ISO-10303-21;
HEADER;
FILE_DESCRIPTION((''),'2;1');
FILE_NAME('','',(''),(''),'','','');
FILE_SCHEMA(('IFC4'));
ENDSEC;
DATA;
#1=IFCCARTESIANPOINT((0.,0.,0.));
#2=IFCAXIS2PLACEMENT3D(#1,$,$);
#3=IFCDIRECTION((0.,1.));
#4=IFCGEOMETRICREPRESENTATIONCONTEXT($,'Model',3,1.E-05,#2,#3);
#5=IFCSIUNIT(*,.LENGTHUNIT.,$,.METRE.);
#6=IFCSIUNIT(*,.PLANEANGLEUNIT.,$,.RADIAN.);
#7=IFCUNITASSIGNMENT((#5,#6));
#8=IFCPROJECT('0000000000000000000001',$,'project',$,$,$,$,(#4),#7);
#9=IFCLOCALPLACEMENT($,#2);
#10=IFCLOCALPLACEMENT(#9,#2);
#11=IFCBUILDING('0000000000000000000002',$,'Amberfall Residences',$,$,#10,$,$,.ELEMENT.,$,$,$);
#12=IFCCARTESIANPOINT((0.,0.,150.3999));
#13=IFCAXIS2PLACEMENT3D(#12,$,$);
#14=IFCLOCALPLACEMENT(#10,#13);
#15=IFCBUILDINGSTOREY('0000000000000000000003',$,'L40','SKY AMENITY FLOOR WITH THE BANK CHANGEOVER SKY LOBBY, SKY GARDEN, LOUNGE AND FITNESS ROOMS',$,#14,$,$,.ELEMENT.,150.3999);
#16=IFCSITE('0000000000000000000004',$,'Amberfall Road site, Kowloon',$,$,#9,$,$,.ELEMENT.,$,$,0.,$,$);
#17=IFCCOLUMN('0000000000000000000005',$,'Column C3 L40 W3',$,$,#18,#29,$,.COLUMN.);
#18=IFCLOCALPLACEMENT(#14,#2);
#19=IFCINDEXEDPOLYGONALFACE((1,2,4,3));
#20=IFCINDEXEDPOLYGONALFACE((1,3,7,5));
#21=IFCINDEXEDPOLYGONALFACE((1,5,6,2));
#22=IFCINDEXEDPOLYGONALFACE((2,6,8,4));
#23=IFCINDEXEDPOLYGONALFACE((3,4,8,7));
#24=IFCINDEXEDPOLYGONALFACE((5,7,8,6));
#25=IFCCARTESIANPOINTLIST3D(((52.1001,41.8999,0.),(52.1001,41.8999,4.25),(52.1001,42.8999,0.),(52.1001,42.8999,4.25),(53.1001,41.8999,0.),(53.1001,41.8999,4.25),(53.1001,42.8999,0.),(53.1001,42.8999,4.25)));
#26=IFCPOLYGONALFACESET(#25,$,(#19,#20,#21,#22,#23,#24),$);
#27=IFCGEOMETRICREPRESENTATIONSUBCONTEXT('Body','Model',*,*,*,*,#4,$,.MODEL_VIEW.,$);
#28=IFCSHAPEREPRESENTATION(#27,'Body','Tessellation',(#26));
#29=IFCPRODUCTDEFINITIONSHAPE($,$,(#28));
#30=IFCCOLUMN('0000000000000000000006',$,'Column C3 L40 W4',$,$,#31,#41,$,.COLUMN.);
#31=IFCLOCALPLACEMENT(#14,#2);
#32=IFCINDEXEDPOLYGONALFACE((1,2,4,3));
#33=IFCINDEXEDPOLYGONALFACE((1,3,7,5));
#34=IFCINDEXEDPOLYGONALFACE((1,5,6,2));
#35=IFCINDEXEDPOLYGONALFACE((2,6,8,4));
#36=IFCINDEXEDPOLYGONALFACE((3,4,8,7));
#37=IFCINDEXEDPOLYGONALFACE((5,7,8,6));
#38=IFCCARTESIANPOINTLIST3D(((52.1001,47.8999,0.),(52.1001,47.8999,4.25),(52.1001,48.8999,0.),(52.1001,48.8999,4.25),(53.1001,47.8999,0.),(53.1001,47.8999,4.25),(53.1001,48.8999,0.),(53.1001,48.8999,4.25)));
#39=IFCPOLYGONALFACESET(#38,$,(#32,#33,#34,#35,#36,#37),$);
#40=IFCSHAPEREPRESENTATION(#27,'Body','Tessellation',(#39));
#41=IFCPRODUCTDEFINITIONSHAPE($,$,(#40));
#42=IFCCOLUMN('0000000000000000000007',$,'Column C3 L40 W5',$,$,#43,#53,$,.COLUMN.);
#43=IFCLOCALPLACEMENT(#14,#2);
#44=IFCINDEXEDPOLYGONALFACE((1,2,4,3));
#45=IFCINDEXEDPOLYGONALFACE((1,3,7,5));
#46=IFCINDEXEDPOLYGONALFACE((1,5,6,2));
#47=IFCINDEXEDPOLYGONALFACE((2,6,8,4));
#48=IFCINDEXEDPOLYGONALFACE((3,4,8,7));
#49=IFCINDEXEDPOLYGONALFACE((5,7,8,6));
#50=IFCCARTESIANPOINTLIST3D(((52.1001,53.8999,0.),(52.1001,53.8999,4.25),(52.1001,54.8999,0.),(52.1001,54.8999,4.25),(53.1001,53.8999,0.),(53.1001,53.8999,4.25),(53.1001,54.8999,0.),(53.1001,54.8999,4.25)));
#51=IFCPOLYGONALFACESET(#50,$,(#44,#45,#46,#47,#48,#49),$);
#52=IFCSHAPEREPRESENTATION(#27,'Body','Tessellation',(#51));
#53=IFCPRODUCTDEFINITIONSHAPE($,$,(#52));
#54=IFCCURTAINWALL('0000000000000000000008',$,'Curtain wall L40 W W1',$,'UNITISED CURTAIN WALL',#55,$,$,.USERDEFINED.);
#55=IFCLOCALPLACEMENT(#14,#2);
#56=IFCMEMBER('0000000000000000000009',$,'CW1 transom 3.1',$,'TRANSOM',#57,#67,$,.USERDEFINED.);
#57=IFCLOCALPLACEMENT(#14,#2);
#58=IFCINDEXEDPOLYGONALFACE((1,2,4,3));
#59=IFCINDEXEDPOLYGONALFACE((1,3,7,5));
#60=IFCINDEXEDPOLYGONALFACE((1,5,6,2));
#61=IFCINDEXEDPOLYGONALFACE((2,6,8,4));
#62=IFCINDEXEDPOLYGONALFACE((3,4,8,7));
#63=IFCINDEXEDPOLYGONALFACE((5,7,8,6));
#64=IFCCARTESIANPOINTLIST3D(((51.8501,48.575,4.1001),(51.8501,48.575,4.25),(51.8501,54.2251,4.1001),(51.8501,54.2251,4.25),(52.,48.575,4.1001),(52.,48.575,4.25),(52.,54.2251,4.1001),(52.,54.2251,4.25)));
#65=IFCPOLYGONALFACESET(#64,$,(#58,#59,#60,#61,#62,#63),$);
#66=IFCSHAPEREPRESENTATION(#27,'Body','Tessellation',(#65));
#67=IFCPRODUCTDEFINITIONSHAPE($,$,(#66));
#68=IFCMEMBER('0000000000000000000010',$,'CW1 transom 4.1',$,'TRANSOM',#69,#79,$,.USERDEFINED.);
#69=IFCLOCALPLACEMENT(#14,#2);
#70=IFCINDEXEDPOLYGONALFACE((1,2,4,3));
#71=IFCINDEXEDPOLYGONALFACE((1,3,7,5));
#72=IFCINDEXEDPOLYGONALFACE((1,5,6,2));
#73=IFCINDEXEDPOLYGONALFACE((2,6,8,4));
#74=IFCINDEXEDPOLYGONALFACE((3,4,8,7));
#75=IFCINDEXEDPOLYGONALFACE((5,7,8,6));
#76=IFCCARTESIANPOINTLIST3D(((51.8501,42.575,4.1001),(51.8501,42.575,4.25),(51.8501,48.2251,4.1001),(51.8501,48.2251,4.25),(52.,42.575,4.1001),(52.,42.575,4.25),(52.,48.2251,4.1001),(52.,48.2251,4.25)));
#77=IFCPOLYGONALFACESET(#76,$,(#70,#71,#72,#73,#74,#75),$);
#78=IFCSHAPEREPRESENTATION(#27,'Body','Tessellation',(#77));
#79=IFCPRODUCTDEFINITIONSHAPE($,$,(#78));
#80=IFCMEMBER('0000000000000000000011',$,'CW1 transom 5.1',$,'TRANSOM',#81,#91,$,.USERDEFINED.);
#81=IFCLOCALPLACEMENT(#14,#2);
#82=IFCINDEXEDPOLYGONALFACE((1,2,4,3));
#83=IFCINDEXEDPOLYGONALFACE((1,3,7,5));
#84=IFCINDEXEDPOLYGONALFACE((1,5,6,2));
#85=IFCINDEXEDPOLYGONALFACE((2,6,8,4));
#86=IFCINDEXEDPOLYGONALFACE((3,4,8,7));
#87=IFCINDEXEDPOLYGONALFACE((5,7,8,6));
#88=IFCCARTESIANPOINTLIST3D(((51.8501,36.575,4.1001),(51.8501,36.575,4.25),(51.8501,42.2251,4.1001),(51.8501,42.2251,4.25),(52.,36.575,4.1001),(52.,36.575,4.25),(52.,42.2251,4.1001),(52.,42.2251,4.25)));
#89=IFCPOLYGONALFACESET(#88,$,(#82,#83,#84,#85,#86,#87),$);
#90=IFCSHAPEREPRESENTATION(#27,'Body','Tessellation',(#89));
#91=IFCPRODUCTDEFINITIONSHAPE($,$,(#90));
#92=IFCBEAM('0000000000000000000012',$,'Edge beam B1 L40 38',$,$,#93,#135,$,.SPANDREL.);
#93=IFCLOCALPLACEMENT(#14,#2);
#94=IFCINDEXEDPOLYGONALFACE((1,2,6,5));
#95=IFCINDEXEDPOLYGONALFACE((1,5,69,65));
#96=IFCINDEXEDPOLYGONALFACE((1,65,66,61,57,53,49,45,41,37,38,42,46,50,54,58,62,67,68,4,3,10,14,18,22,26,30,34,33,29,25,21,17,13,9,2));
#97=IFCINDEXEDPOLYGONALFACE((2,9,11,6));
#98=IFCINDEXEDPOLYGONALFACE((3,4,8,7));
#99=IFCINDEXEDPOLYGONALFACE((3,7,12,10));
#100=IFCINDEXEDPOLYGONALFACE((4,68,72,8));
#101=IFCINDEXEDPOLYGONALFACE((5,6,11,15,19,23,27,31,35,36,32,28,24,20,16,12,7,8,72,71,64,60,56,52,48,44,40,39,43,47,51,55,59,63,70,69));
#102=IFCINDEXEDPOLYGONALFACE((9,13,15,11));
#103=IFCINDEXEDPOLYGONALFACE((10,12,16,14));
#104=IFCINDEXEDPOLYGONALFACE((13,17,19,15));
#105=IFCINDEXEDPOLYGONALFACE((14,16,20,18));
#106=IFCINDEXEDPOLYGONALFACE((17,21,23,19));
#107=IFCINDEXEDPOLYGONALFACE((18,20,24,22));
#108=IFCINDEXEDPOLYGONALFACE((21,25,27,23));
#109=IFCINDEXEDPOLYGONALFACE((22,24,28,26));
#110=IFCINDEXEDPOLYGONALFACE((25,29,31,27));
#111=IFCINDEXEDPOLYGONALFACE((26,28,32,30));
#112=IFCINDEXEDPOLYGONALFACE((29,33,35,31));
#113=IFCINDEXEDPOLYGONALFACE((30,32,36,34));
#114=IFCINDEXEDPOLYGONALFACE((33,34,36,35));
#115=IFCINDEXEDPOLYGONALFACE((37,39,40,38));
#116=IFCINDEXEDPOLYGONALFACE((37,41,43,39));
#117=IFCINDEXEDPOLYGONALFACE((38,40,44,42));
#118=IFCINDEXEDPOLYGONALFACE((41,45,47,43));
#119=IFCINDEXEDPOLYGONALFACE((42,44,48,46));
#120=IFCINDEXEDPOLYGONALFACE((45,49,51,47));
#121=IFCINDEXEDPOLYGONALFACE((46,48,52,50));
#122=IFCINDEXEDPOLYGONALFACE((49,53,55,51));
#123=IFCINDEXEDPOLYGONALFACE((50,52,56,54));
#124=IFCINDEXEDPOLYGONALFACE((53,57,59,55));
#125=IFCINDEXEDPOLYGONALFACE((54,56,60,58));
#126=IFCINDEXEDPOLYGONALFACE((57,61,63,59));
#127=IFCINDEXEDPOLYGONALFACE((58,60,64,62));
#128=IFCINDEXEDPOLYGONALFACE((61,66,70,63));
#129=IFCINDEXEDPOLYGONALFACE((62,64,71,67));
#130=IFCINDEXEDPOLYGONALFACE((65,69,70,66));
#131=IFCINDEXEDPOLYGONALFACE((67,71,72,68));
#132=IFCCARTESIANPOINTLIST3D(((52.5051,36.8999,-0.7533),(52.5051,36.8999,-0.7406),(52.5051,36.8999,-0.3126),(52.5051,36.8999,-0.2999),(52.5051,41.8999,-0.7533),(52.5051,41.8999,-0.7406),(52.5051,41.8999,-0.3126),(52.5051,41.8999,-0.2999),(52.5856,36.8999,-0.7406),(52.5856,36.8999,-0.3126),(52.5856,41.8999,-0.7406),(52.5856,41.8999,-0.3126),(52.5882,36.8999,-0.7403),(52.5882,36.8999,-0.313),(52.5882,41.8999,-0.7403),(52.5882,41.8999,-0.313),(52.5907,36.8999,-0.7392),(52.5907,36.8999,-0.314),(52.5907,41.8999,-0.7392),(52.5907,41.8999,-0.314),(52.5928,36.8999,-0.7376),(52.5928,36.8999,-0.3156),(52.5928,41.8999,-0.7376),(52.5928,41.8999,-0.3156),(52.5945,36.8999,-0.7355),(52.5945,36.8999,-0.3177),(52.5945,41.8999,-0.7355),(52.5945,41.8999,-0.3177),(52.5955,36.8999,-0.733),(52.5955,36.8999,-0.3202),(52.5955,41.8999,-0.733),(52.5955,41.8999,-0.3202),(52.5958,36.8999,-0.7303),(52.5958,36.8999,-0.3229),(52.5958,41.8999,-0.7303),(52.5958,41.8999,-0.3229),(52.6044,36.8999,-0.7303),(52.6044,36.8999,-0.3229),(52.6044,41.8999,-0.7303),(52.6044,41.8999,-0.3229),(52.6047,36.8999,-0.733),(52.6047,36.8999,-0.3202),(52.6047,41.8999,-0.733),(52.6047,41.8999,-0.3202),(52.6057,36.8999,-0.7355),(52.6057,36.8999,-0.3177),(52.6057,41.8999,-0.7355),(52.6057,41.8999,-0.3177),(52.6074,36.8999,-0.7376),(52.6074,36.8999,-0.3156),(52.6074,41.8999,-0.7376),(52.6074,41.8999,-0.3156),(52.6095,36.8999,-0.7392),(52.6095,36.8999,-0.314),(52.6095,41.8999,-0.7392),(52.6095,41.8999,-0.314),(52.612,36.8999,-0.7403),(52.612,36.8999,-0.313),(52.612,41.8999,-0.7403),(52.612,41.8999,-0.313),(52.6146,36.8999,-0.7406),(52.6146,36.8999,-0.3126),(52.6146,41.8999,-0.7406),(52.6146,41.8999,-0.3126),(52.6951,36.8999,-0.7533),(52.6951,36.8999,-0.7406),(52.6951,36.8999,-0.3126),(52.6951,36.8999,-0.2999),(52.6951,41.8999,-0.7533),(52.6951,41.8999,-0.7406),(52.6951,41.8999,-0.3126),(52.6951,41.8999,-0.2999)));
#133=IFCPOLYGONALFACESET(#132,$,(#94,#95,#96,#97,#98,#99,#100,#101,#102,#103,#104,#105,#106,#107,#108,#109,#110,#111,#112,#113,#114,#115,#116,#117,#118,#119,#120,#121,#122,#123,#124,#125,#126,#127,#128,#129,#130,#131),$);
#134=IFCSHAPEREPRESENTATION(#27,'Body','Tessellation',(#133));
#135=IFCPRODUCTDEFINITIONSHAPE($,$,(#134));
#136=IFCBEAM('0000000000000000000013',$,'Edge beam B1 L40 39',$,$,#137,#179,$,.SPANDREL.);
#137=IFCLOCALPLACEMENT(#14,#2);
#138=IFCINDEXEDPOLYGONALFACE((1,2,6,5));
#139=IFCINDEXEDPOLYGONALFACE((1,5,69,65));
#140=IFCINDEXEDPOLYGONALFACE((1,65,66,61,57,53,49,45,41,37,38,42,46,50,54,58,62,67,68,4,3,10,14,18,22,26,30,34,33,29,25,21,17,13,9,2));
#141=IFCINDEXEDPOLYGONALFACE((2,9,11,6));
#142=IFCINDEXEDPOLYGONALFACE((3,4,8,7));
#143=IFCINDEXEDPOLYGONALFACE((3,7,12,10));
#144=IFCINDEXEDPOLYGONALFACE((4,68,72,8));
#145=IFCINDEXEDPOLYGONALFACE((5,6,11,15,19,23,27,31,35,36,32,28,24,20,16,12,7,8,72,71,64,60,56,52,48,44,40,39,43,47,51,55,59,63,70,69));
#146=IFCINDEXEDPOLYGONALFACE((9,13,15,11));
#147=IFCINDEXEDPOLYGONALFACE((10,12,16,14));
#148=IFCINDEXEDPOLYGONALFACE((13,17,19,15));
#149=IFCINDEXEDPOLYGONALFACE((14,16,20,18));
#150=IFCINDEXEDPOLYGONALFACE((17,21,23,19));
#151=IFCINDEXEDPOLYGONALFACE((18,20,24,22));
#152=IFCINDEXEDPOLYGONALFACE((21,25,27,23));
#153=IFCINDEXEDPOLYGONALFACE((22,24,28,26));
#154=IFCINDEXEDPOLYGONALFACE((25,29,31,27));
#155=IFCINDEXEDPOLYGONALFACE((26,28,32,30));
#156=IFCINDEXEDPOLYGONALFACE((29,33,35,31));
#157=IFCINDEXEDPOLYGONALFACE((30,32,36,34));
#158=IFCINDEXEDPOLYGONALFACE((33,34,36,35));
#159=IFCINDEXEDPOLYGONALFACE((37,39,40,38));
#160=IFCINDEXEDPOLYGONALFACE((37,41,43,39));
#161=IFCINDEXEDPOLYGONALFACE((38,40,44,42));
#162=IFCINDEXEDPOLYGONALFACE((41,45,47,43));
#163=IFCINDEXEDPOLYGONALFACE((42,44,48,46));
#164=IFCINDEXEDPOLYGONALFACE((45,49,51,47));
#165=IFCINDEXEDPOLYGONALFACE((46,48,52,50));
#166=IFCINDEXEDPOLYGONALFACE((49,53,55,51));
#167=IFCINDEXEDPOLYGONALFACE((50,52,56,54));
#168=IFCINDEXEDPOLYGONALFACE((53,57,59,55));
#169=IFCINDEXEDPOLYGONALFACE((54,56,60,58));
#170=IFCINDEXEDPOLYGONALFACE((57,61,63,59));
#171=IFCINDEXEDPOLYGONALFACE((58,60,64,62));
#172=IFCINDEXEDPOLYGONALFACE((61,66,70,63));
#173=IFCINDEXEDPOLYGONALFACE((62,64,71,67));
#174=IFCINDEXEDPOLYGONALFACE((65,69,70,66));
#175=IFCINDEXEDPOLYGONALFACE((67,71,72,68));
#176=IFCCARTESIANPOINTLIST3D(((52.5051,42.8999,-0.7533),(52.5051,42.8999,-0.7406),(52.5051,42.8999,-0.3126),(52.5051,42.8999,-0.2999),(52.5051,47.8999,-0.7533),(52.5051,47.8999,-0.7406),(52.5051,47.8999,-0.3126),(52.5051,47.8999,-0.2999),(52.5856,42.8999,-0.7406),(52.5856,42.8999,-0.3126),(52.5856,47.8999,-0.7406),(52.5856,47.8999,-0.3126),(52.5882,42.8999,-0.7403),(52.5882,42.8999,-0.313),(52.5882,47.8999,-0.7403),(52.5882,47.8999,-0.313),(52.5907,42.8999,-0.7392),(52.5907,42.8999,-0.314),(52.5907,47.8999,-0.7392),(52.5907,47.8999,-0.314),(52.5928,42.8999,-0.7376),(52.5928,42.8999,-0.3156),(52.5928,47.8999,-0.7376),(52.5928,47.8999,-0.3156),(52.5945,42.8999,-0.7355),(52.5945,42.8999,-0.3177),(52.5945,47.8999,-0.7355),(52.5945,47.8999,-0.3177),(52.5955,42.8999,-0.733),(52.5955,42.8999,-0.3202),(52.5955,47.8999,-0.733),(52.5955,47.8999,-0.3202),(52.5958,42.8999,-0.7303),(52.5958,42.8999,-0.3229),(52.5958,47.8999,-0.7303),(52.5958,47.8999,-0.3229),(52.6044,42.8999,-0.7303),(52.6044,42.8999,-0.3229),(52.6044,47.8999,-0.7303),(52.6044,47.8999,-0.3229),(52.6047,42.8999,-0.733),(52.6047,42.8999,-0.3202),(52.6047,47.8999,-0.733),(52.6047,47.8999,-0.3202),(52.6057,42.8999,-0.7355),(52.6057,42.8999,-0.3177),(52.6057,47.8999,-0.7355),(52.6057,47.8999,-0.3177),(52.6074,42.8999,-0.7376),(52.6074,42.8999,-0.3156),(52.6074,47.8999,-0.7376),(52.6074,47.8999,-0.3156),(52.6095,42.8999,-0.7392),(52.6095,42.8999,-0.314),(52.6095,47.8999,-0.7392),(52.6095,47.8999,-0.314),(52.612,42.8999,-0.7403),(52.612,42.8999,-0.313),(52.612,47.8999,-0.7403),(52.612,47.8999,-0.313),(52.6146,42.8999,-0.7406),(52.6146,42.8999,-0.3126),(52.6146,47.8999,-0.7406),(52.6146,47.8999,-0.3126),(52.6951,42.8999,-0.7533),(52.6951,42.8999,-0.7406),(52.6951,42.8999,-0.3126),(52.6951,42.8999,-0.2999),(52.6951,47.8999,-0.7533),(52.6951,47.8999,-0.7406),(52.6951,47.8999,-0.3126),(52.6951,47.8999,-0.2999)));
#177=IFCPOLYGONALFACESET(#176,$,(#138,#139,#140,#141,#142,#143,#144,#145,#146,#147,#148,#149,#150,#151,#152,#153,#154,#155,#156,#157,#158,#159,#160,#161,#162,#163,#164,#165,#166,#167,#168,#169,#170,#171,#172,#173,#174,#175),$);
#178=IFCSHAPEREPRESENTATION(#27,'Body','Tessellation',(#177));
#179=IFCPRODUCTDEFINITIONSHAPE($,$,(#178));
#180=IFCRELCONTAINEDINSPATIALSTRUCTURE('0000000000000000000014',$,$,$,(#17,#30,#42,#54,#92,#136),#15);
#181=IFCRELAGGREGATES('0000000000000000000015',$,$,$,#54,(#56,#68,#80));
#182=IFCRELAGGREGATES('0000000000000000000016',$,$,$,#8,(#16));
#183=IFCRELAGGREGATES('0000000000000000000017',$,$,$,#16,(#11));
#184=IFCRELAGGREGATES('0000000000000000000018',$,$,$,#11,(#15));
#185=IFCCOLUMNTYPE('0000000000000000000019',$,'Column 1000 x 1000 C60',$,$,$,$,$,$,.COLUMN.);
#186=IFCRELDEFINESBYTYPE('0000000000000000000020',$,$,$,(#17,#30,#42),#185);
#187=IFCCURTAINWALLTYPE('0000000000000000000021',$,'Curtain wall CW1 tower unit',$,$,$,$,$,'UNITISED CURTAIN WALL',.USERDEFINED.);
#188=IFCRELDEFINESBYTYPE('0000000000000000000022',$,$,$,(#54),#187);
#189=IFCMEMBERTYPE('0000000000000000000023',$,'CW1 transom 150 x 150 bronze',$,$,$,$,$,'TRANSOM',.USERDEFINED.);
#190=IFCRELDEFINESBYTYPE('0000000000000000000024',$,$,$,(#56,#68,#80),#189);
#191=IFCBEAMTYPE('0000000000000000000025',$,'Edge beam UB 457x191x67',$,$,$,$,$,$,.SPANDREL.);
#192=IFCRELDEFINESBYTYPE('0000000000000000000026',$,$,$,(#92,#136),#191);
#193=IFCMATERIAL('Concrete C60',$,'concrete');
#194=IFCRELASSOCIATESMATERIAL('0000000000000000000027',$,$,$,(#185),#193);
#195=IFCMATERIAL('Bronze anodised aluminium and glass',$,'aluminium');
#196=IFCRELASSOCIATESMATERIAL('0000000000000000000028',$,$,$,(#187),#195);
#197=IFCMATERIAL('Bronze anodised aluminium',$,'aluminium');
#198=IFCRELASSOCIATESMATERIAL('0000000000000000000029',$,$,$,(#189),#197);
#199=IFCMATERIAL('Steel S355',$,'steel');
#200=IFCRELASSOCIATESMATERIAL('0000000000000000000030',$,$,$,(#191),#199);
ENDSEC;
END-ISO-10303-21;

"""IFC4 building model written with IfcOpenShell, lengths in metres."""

from ifc_helpers import new_model, si_unit, direction, frame, origin, origin_2d, place, context, subcontext, project, spatial, rectangle, i_section, extrude, material, material_profile, profile_set, type_object, element, aggregate, save


model = new_model("IFC4")

# Units and contexts
model_context = context("Model", 3, precision=1e-05, world=origin(), true_north=direction((0.0, 1.0)))
body_context = subcontext(model_context, "Body", "Model", "MODEL_VIEW")
ifc_project = project(units=[si_unit("LENGTHUNIT", "METRE"), si_unit("PLANEANGLEUNIT", "RADIAN")], contexts=[model_context])

# Site, building, storey
site_placement = place(None, origin())
site = spatial("IfcSite", under=ifc_project, at=site_placement, Name="Amberfall Road site, Kowloon", CompositionType="ELEMENT", RefElevation=0.0)
building_placement = place(site_placement, origin())
building = spatial("IfcBuilding", under=site, at=building_placement, Name="Amberfall Residences", CompositionType="ELEMENT")
storey_placement = place(building_placement, frame((0.0, 0.0, 150.3999)))
storey = spatial("IfcBuildingStorey", under=building, at=storey_placement, Name="L40", Description="SKY AMENITY FLOOR WITH THE BANK CHANGEOVER SKY LOBBY, SKY GARDEN, LOUNGE AND FITNESS ROOMS", CompositionType="ELEMENT", Elevation=150.3999)

# Columns
ifc_material_1 = material(Name="Concrete C60", Category="concrete")
ifc_material_profile_1 = material_profile(ifc_material_1, rectangle(XDim=1.0, YDim=1.0, at=origin_2d()), Name="Column 1000 x 1000 C60")
ifc_profile_set_1 = profile_set([ifc_material_profile_1], Name="Concrete C60")
column_type = type_object("IfcColumnType", Name="Column 1000 x 1000 C60", PredefinedType="COLUMN", material=ifc_profile_set_1)
for number, where, z_axis, x_axis, name in (
    (1, (52.6001, 42.3999, 0.0), (0.0, 0.0, 1.0), (1.0, 0.0, 0.0), "Column C3 L40 W3"),
    (2, (52.6001, 48.3999, 0.0), (0.0, 0.0, 1.0), (1.0, 0.0, 0.0), "Column C3 L40 W4"),
    (3, (52.6001, 54.3999, 0.0), (0.0, 0.0, 1.0), (1.0, 0.0, 0.0), "Column C3 L40 W5"),
):
    element("IfcColumn", number, at=place(storey_placement, frame(where, z_axis=z_axis, x_axis=x_axis)), inside=storey, type_object=column_type, Name=name, PredefinedType="COLUMN", context=body_context, shape_type="SweptSolid", body=[
        extrude(rectangle(XDim=1.0, YDim=1.0, at=origin_2d()), origin(), (0.0, 0.0, 1.0), 4.25),
    ])

# Curtain wall, members
ifc_material_2 = material(Name="Bronze anodised aluminium and glass", Category="aluminium")
curtain_wall_type = type_object("IfcCurtainWallType", Name="Curtain wall CW1 tower unit", ElementType="UNITISED CURTAIN WALL", PredefinedType="USERDEFINED", material=ifc_material_2)
curtain_wall_placement = place(storey_placement, origin())
curtain_wall = element("IfcCurtainWall", 4, at=curtain_wall_placement, inside=storey, type_object=curtain_wall_type, Name="Curtain wall L40 W W1", ObjectType="UNITISED CURTAIN WALL", PredefinedType="USERDEFINED")
ifc_material_3 = material(Name="Bronze anodised aluminium", Category="aluminium")
ifc_material_profile_2 = material_profile(ifc_material_3, rectangle(XDim=0.1499, YDim=0.1499, at=origin_2d()), Name="CW1 transom 150 x 150 bronze")
ifc_profile_set_2 = profile_set([ifc_material_profile_2], Name="Bronze anodised aluminium")
member_type_1 = type_object("IfcMemberType", Name="CW1 transom 150 x 150 bronze", ElementType="TRANSOM", PredefinedType="USERDEFINED", material=ifc_profile_set_2)
member_1_placement = place(storey_placement, frame((51.925, 54.2251, 4.175), z_axis=(0.0, -1.0, 0.0), x_axis=(1.0, 0.0, 0.0)))
member_1 = element("IfcMember", 5, at=member_1_placement, type_object=member_type_1, Name="CW1 transom 3.1", ObjectType="TRANSOM", PredefinedType="USERDEFINED", context=body_context, shape_type="SweptSolid", body=[
    extrude(rectangle(XDim=0.1499, YDim=0.1499, at=origin_2d()), origin(), (0.0, 0.0, 1.0), 5.6501),
])
member_2_placement = place(storey_placement, frame((51.925, 48.2251, 4.175), z_axis=(0.0, -1.0, 0.0), x_axis=(1.0, 0.0, 0.0)))
member_2 = element("IfcMember", 6, at=member_2_placement, type_object=member_type_1, Name="CW1 transom 4.1", ObjectType="TRANSOM", PredefinedType="USERDEFINED", context=body_context, shape_type="SweptSolid", body=[
    extrude(rectangle(XDim=0.1499, YDim=0.1499, at=origin_2d()), origin(), (0.0, 0.0, 1.0), 5.6501),
])
member_3_placement = place(storey_placement, frame((51.925, 42.2251, 4.175), z_axis=(0.0, -1.0, 0.0), x_axis=(1.0, 0.0, 0.0)))
member_3 = element("IfcMember", 7, at=member_3_placement, type_object=member_type_1, Name="CW1 transom 5.1", ObjectType="TRANSOM", PredefinedType="USERDEFINED", context=body_context, shape_type="SweptSolid", body=[
    extrude(rectangle(XDim=0.1499, YDim=0.1499, at=origin_2d()), origin(), (0.0, 0.0, 1.0), 5.6501),
])

# Beams
ifc_material_4 = material(Name="Steel S355", Category="steel")
ifc_material_profile_3 = material_profile(ifc_material_4, i_section(OverallWidth=0.1899, OverallDepth=0.4534, WebThickness=0.0085, FlangeThickness=0.0127, FilletRadius=0.0103, at=origin_2d()), Name="UB 457x191x67")
ifc_profile_set_3 = profile_set([ifc_material_profile_3], Name="Steel S355")
beam_type_1 = type_object("IfcBeamType", Name="Edge beam UB 457x191x67", PredefinedType="SPANDREL", material=ifc_profile_set_3)
for number, where, z_axis, x_axis, name in (
    (8, (52.6001, 36.8999, -0.5266), (0.0, 1.0, 0.0), (-1.0, 0.0, 0.0), "Edge beam B1 L40 38"),
    (9, (52.6001, 42.8999, -0.5266), (0.0, 1.0, 0.0), (-1.0, 0.0, 0.0), "Edge beam B1 L40 39"),
):
    element("IfcBeam", number, at=place(storey_placement, frame(where, z_axis=z_axis, x_axis=x_axis)), inside=storey, type_object=beam_type_1, Name=name, PredefinedType="SPANDREL", context=body_context, shape_type="SweptSolid", body=[
        extrude(i_section(OverallWidth=0.1899, OverallDepth=0.4534, WebThickness=0.0085, FlangeThickness=0.0127, FilletRadius=0.0103, at=origin_2d()), origin(), (0.0, 0.0, 1.0), 5.0),
    ])

aggregate(curtain_wall, [member_1, member_2, member_3])

save(model, "model.ifc")
